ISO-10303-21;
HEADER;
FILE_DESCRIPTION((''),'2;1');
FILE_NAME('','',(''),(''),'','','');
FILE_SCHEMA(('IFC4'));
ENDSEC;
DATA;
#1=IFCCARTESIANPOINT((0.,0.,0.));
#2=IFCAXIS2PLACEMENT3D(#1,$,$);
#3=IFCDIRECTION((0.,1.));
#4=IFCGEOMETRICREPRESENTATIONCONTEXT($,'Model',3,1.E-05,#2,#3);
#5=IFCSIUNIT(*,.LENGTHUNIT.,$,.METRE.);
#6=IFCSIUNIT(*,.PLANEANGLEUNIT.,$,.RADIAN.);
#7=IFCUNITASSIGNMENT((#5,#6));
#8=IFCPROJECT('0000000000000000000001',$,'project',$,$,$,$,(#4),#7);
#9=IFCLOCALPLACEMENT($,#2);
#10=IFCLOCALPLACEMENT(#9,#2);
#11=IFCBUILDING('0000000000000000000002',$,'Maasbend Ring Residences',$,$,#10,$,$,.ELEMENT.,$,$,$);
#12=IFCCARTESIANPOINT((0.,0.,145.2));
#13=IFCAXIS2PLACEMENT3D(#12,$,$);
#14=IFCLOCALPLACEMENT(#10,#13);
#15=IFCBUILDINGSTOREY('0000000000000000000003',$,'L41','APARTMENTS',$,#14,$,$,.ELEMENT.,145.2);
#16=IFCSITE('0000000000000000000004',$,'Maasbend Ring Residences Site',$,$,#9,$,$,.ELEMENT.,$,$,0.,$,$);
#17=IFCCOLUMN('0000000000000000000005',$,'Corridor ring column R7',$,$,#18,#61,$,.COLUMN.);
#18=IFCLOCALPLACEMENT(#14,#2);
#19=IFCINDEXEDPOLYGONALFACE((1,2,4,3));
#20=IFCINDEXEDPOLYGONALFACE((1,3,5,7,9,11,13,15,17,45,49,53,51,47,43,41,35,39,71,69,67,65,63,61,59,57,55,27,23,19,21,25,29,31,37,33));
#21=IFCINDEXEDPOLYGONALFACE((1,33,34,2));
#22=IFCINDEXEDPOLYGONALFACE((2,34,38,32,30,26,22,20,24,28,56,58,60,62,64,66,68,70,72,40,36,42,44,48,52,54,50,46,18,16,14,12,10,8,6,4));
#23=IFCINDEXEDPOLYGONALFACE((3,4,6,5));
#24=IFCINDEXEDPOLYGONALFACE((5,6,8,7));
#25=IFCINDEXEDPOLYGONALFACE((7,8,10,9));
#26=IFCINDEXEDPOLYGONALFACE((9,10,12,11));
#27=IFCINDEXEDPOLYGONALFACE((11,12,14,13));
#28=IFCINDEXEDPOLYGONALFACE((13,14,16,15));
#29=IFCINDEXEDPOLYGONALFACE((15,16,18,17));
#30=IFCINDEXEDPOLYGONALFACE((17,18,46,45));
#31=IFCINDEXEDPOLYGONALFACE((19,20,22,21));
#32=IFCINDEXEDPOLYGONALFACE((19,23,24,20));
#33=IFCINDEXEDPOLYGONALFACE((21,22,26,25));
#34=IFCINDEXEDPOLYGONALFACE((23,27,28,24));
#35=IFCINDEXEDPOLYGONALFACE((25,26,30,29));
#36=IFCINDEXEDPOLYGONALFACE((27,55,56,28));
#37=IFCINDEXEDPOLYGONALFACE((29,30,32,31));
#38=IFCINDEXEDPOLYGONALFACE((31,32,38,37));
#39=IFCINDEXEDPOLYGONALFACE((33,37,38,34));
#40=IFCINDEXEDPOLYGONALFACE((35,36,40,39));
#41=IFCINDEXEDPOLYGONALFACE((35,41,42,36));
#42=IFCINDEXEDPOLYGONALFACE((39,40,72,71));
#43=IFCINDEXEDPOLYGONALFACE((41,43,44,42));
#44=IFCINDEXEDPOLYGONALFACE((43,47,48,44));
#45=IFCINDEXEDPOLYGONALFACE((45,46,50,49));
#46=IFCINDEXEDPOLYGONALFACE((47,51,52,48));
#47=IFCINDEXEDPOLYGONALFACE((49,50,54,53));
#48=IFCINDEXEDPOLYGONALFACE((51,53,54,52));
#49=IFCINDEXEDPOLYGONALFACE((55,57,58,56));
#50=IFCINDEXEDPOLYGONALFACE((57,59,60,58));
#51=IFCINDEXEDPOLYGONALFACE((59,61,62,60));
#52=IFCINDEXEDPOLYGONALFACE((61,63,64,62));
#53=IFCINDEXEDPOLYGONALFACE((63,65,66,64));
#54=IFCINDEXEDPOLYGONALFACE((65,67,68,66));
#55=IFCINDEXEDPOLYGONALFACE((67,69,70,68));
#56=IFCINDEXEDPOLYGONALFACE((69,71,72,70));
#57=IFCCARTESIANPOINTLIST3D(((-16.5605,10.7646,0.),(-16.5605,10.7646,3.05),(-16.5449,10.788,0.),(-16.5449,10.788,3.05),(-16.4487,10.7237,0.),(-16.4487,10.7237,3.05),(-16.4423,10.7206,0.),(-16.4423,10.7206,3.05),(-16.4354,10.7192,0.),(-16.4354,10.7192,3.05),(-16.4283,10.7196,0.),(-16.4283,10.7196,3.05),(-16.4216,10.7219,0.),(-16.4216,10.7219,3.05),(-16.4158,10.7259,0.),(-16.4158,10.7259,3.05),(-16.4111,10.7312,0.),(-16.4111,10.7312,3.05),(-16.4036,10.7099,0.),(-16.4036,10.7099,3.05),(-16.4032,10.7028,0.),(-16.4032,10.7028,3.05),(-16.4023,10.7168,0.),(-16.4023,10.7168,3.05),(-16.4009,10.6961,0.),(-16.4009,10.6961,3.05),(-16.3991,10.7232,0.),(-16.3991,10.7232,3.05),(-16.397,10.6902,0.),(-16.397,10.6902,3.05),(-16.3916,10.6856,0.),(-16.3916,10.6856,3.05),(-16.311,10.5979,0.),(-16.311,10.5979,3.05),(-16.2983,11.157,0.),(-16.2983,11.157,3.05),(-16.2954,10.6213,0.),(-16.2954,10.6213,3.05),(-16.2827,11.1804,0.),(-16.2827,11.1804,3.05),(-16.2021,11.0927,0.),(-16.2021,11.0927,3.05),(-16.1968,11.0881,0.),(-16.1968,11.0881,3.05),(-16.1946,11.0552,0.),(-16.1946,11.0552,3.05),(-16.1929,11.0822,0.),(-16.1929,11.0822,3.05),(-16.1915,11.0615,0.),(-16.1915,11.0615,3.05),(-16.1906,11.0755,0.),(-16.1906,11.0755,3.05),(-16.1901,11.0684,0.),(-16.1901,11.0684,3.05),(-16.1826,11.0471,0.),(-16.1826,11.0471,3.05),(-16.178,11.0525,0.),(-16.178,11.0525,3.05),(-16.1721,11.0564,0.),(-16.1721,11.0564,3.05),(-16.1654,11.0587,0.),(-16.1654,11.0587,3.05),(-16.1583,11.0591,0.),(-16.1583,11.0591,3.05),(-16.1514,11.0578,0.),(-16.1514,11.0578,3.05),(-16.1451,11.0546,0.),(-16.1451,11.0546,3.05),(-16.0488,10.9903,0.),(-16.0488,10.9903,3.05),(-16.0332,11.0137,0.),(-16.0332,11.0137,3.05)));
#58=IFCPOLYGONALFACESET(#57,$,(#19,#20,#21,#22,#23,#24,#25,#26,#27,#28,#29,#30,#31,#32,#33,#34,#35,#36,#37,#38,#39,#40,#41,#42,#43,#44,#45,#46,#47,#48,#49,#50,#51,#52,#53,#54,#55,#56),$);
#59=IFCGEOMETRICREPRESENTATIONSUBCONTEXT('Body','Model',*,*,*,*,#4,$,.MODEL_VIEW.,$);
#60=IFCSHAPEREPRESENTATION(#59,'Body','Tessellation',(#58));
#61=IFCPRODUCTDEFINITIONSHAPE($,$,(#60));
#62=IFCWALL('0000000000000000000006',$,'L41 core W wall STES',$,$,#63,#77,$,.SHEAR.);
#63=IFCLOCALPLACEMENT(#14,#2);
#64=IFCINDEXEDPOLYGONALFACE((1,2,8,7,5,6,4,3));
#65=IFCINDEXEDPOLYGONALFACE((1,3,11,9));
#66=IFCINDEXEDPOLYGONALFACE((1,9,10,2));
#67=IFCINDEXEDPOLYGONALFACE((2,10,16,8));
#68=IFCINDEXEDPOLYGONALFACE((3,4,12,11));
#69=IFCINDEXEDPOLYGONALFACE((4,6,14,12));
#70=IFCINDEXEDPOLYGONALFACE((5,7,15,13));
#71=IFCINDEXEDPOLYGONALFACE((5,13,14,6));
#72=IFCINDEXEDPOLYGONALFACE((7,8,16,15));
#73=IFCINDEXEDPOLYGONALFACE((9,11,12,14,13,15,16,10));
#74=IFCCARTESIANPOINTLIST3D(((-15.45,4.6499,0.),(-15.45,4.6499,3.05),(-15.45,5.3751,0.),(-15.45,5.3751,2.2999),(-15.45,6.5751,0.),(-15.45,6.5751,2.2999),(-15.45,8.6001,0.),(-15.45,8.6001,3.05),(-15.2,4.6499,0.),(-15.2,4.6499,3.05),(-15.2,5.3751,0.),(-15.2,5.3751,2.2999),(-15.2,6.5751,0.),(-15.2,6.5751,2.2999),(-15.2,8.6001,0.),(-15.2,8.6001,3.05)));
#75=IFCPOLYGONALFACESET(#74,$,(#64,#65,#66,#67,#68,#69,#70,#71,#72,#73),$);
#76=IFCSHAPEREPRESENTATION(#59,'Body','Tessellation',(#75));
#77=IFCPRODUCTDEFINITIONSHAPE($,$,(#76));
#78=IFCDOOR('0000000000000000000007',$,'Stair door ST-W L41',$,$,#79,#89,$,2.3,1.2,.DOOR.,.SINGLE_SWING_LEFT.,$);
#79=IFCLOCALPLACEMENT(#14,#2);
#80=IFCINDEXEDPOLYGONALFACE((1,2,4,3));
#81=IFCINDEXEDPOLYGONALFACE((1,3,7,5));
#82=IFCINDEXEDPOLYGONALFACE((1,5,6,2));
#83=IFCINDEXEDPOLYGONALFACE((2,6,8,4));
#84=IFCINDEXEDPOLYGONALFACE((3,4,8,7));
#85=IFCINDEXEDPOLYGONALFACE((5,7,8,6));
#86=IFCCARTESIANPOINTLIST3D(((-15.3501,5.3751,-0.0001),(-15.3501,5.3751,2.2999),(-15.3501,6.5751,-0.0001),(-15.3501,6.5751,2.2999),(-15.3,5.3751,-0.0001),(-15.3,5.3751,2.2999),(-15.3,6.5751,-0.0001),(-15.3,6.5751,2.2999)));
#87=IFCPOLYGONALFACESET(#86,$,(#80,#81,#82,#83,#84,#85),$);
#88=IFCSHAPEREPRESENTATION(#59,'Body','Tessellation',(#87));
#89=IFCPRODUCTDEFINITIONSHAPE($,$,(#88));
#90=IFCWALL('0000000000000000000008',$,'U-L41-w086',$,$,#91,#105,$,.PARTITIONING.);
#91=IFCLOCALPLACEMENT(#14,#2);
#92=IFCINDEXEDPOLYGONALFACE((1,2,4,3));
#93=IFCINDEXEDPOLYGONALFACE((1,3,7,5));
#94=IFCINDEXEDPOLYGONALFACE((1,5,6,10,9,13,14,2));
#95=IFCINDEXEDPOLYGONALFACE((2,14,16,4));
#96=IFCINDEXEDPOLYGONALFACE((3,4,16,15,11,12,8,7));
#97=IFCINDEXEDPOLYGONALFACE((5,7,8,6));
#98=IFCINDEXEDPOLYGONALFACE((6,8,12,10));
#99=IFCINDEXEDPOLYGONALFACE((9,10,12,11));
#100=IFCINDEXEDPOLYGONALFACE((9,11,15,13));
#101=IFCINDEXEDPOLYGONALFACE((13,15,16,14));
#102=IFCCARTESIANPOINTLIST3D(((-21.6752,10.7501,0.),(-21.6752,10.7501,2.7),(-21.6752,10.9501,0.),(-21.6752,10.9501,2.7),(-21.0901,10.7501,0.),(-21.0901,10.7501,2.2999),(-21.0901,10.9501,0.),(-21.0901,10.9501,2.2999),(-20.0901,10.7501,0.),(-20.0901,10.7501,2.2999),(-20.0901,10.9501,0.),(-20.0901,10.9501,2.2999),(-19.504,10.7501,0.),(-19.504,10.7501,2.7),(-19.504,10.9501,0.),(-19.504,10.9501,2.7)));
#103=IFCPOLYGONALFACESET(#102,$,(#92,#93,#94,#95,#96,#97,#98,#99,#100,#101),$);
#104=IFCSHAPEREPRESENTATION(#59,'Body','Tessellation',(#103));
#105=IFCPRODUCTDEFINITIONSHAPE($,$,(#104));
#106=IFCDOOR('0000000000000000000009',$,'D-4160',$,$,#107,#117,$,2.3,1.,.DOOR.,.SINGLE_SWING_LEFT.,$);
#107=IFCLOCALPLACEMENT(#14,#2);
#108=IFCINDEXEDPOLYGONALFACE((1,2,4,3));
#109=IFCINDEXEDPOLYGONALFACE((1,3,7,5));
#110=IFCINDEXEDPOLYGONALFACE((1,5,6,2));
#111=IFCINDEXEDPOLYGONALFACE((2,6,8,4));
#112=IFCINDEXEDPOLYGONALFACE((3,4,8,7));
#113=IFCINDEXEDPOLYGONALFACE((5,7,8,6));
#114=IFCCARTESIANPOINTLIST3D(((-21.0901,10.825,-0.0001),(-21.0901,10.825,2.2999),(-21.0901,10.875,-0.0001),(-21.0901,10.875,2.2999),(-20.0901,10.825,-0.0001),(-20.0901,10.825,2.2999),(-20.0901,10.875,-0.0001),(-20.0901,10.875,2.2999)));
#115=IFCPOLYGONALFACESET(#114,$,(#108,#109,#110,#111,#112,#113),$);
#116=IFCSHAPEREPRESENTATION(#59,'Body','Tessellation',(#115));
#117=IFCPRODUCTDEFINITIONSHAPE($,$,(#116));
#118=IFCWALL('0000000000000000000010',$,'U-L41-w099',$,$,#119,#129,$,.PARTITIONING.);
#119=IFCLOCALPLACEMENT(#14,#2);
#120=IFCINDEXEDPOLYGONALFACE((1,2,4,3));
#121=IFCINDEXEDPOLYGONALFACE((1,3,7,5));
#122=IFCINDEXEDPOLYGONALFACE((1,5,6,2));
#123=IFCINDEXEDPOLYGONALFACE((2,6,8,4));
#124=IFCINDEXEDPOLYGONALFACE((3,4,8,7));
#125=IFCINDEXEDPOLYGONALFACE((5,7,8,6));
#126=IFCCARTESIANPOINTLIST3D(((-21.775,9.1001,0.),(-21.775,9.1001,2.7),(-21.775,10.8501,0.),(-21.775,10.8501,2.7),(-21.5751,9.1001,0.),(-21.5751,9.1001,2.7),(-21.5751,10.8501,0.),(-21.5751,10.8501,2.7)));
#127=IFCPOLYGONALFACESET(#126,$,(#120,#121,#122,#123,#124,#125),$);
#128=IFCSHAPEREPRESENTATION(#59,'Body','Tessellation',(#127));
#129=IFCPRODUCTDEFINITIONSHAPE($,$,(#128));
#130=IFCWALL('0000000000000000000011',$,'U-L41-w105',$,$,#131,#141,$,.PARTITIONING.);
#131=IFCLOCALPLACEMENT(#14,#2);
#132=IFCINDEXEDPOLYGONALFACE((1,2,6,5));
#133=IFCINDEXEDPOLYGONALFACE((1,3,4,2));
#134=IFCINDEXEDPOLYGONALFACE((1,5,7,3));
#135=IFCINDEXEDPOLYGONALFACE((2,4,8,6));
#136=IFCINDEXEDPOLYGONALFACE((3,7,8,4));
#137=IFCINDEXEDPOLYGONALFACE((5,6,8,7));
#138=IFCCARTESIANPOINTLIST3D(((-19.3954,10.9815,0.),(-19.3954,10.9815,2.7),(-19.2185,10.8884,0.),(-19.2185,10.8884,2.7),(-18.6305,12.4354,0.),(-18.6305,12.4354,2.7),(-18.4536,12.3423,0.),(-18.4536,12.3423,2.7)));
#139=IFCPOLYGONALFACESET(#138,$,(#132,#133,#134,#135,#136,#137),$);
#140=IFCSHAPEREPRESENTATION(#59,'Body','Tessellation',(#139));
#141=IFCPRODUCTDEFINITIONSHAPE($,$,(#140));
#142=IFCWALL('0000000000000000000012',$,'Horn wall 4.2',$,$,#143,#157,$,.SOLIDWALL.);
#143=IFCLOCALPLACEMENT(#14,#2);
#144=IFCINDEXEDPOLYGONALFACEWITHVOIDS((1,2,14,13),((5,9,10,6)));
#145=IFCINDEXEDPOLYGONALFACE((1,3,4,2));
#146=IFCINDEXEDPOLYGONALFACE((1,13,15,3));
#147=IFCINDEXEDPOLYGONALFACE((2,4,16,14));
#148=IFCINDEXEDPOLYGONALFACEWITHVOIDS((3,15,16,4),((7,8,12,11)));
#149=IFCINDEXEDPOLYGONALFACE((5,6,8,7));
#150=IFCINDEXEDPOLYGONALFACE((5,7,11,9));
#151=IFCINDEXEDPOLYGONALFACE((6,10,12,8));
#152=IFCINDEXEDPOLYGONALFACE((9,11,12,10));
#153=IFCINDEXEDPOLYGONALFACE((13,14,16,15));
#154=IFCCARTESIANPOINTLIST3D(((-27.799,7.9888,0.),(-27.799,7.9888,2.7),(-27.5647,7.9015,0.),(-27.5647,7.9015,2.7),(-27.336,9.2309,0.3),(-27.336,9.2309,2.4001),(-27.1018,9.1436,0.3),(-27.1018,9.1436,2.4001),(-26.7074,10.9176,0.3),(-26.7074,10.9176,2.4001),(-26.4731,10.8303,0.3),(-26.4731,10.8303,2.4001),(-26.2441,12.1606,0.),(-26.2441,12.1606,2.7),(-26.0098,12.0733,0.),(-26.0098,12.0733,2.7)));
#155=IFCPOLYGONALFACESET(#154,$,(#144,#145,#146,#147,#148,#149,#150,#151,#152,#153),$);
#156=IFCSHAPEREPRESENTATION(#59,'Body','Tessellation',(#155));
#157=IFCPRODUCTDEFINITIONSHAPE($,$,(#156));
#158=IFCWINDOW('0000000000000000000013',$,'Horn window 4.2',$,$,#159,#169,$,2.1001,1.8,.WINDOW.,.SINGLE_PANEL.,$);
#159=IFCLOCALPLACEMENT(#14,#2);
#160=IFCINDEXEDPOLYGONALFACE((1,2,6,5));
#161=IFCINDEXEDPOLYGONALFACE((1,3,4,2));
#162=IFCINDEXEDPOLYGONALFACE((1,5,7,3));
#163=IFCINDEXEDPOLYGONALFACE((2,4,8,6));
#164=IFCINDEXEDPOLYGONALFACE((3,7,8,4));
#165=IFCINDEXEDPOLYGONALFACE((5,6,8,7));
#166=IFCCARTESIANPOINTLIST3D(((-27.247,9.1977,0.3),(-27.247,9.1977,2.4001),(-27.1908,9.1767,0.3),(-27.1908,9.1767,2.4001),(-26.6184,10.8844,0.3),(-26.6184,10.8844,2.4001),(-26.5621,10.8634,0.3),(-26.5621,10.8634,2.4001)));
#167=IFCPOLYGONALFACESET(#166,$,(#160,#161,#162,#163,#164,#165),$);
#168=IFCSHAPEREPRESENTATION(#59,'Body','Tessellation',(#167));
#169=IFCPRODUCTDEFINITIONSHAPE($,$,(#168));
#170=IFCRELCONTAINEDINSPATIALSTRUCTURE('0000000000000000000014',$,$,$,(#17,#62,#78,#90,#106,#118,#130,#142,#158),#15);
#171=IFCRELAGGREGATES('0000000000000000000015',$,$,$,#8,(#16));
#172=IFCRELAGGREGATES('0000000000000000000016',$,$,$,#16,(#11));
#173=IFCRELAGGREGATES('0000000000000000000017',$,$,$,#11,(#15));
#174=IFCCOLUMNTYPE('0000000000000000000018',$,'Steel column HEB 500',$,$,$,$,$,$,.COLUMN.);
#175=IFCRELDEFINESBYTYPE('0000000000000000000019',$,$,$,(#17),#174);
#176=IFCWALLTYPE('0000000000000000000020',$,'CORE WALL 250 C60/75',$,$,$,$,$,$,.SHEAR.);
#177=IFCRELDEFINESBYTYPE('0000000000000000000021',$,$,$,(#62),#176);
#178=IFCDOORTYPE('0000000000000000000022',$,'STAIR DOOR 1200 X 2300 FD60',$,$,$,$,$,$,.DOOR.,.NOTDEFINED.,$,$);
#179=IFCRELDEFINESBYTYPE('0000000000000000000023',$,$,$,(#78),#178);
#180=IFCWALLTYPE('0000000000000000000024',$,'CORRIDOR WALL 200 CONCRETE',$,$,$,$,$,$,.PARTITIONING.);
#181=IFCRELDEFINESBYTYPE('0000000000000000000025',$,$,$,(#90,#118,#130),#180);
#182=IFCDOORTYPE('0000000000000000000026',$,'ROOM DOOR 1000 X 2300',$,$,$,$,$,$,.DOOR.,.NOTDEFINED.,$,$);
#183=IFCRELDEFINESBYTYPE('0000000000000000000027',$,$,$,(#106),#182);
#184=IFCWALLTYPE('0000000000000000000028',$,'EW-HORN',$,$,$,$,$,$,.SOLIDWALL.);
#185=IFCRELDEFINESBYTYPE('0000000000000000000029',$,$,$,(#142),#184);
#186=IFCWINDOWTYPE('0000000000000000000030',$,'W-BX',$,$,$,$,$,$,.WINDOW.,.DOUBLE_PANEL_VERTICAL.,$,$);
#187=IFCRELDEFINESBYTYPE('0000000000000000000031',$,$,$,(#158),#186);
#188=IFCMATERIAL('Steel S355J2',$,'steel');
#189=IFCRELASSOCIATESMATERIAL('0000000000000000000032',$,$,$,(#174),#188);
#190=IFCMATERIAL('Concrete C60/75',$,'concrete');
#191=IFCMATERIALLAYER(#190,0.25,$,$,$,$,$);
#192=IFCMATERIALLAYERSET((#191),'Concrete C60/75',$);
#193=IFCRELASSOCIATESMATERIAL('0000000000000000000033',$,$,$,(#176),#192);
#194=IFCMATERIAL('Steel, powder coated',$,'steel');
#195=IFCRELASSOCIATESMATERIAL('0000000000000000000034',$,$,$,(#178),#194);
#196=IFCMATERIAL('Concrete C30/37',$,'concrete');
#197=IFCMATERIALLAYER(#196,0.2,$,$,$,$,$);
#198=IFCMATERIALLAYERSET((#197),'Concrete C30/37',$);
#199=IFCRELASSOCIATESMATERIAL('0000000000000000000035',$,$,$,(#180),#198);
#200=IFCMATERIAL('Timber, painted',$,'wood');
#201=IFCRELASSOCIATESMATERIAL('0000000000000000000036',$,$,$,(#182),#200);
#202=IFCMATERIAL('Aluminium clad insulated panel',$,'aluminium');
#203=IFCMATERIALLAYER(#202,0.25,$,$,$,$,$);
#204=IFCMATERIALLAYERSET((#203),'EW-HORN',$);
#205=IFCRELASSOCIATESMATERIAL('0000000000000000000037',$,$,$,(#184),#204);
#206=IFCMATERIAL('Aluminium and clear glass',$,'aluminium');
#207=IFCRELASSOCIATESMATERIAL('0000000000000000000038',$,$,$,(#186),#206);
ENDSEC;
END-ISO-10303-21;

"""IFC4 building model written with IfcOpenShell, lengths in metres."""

from ifc_helpers import new_model, si_unit, direction, frame, frame_2d, origin, origin_2d, place, context, subcontext, project, spatial, rectangle, i_section, extrude, material, layer, layer_set, material_profile, profile_set, type_object, element, fill, save


model = new_model("IFC4")

# Units and contexts
model_context = context("Model", 3, precision=1e-05, world=origin(), true_north=direction((0.0, 1.0)))
body_context = subcontext(model_context, "Body", "Model", "MODEL_VIEW")
ifc_project = project(units=[si_unit("LENGTHUNIT", "METRE"), si_unit("PLANEANGLEUNIT", "RADIAN")], contexts=[model_context])

# Site, building, storey
site_placement = place(None, origin())
site = spatial("IfcSite", under=ifc_project, at=site_placement, Name="Maasbend Ring Residences Site", CompositionType="ELEMENT", RefElevation=0.0)
building_placement = place(site_placement, origin())
building = spatial("IfcBuilding", under=site, at=building_placement, Name="Maasbend Ring Residences", CompositionType="ELEMENT")
storey_placement = place(building_placement, frame((0.0, 0.0, 145.2)))
storey = spatial("IfcBuildingStorey", under=building, at=storey_placement, Name="L41", Description="APARTMENTS", CompositionType="ELEMENT", Elevation=145.2)

# Column
ifc_material_1 = material(Name="Steel S355J2", Category="steel")
ifc_material_profile = material_profile(ifc_material_1, i_section(OverallWidth=0.3, OverallDepth=0.5, WebThickness=0.0144, FlangeThickness=0.0281, FilletRadius=0.0271, at=origin_2d()), Name="HEB 500")
ifc_profile_set = profile_set([ifc_material_profile], Name="Steel S355J2")
column_type = type_object("IfcColumnType", Name="Steel column HEB 500", PredefinedType="COLUMN", material=ifc_profile_set)
column_placement = place(storey_placement, frame((-16.2969, 10.8892, 0.0), z_axis=(0.0, 0.0, 1.0), x_axis=(-0.83147, 0.55557, 0.0)))
element("IfcColumn", 1, at=column_placement, inside=storey, type_object=column_type, Name="Corridor ring column R7", PredefinedType="COLUMN", context=body_context, shape_type="SweptSolid", body=[
    extrude(i_section(OverallWidth=0.3, OverallDepth=0.5, WebThickness=0.0144, FlangeThickness=0.0281, FilletRadius=0.0271, at=origin_2d()), origin(), (0.0, 0.0, 1.0), 3.05),
])

# Walls, openings, doors
ifc_material_2 = material(Name="Concrete C60/75", Category="concrete")
ifc_layer_1 = layer(ifc_material_2, 0.25)
ifc_layer_set_1 = layer_set([ifc_layer_1], Name="Concrete C60/75")
wall_type_1 = type_object("IfcWallType", Name="CORE WALL 250 C60/75", PredefinedType="SHEAR", material=ifc_layer_set_1)
wall_1_placement = place(storey_placement, frame((-15.325, 8.6001, 0.0), z_axis=(0.0, 0.0, 1.0), x_axis=(0.0, -1.0, 0.0)))
wall_1 = element("IfcWall", 2, at=wall_1_placement, inside=storey, type_object=wall_type_1, Name="L41 core W wall STES", PredefinedType="SHEAR", context=body_context, shape_type="SweptSolid", body=[
    extrude(rectangle(XDim=3.9502, YDim=0.25, at=frame_2d((1.9751, 0.0))), origin(), (0.0, 0.0, 1.0), 3.05),
])
opening_1_placement = place(wall_1_placement, frame((2.0249, 0.0, 0.0)))
opening_1 = element("IfcOpeningElement", 3, at=opening_1_placement, cuts=wall_1, PredefinedType="OPENING", context=body_context, shape_type="SweptSolid", body=[
    extrude(rectangle(XDim=1.2, YDim=2.3, at=frame_2d((0.6001, 1.1499))), frame((0.0, 0.135, 0.0), z_axis=(0.0, -1.0, 0.0), x_axis=(1.0, 0.0, 0.0)), (0.0, 0.0, 1.0), 0.27),
])
ifc_material_3 = material(Name="Steel, powder coated", Category="steel")
door_type_1 = type_object("IfcDoorType", Name="STAIR DOOR 1200 X 2300 FD60", OperationType="NOTDEFINED", PredefinedType="DOOR", material=ifc_material_3)
door_1_placement = place(opening_1_placement, origin())
door_1 = element("IfcDoor", 4, at=door_1_placement, inside=storey, type_object=door_type_1, Name="Stair door ST-W L41", OperationType="SINGLE_SWING_LEFT", OverallHeight=2.3, OverallWidth=1.2, PredefinedType="DOOR", context=body_context, shape_type="SweptSolid", body=[
    extrude(rectangle(XDim=1.2, YDim=2.3, at=frame_2d((0.6001, 1.1499))), frame((0.0, 0.0249, 0.0), z_axis=(0.0, -1.0, 0.0), x_axis=(1.0, 0.0, 0.0)), (0.0, 0.0, 1.0), 0.05),
])
fill(opening_1, door_1)
ifc_material_4 = material(Name="Concrete C30/37", Category="concrete")
ifc_layer_2 = layer(ifc_material_4, 0.2)
ifc_layer_set_2 = layer_set([ifc_layer_2], Name="Concrete C30/37")
wall_type_2 = type_object("IfcWallType", Name="CORRIDOR WALL 200 CONCRETE", PredefinedType="PARTITIONING", material=ifc_layer_set_2)
wall_2_placement = place(storey_placement, frame((-21.675, 10.8501, 0.0), z_axis=(0.0, 0.0, 1.0), x_axis=(1.0, 0.0, 0.0)))
wall_2 = element("IfcWall", 5, at=wall_2_placement, inside=storey, type_object=wall_type_2, Name="U-L41-w086", PredefinedType="PARTITIONING", context=body_context, shape_type="SweptSolid", body=[
    extrude(rectangle(XDim=2.1711, YDim=0.2, at=frame_2d((1.0854, 0.0))), origin(), (0.0, 0.0, 1.0), 2.7),
])
opening_2_placement = place(wall_2_placement, frame((0.585, 0.0, 0.0)))
opening_2 = element("IfcOpeningElement", 6, at=opening_2_placement, cuts=wall_2, PredefinedType="OPENING", context=body_context, shape_type="SweptSolid", body=[
    extrude(rectangle(XDim=1.0, YDim=2.3, at=frame_2d((0.5, 1.1499))), frame((0.0, 0.1099, 0.0), z_axis=(0.0, -1.0, 0.0), x_axis=(1.0, 0.0, 0.0)), (0.0, 0.0, 1.0), 0.22),
])
ifc_material_5 = material(Name="Timber, painted", Category="wood")
door_type_2 = type_object("IfcDoorType", Name="ROOM DOOR 1000 X 2300", OperationType="NOTDEFINED", PredefinedType="DOOR", material=ifc_material_5)
door_2_placement = place(opening_2_placement, origin())
door_2 = element("IfcDoor", 7, at=door_2_placement, inside=storey, type_object=door_type_2, Name="D-4160", OperationType="SINGLE_SWING_LEFT", OverallHeight=2.3, OverallWidth=1.0, PredefinedType="DOOR", context=body_context, shape_type="SweptSolid", body=[
    extrude(rectangle(XDim=1.0, YDim=2.3, at=frame_2d((0.5, 1.1499))), frame((0.0, 0.0249, 0.0), z_axis=(0.0, -1.0, 0.0), x_axis=(1.0, 0.0, 0.0)), (0.0, 0.0, 1.0), 0.05),
])
fill(opening_2, door_2)

# Walls
wall_3_placement = place(storey_placement, frame((-21.675, 9.1001, 0.0), z_axis=(0.0, 0.0, 1.0), x_axis=(0.0, 1.0, 0.0)))
element("IfcWall", 8, at=wall_3_placement, inside=storey, type_object=wall_type_2, Name="U-L41-w099", PredefinedType="PARTITIONING", context=body_context, shape_type="SweptSolid", body=[
    extrude(rectangle(XDim=1.75, YDim=0.2, at=frame_2d((0.875, 0.0))), origin(), (0.0, 0.0, 1.0), 2.7),
])
wall_4_placement = place(storey_placement, frame((-19.3069, 10.9351, 0.0), z_axis=(0.0, 0.0, 1.0), x_axis=(0.465606, 0.884992, 0.0)))
element("IfcWall", 9, at=wall_4_placement, inside=storey, type_object=wall_type_2, Name="U-L41-w105", PredefinedType="PARTITIONING", context=body_context, shape_type="SweptSolid", body=[
    extrude(rectangle(XDim=1.6428, YDim=0.2, at=frame_2d((0.8213, 0.0))), origin(), (0.0, 0.0, 1.0), 2.7),
])

# Wall, opening, window
ifc_material_6 = material(Name="Aluminium clad insulated panel", Category="aluminium")
ifc_layer_3 = layer(ifc_material_6, 0.25)
ifc_layer_set_3 = layer_set([ifc_layer_3], Name="EW-HORN")
wall_type_3 = type_object("IfcWallType", Name="EW-HORN", PredefinedType="SOLIDWALL", material=ifc_layer_set_3)
wall_5_placement = place(storey_placement, frame((-26.127, 12.1169, 0.0), z_axis=(0.0, 0.0, 1.0), x_axis=(-0.349248, -0.93703, 0.0)))
wall_5 = element("IfcWall", 10, at=wall_5_placement, inside=storey, type_object=wall_type_3, Name="Horn wall 4.2", PredefinedType="SOLIDWALL", context=body_context, shape_type="SweptSolid", body=[
    extrude(rectangle(XDim=4.4521, YDim=0.25, at=frame_2d((2.2261, 0.0))), origin(), (0.0, 0.0, 1.0), 2.7),
])
opening_3_placement = place(wall_5_placement, frame((1.3267, 0.0, 0.3)))
opening_3 = element("IfcOpeningElement", 11, at=opening_3_placement, cuts=wall_5, PredefinedType="OPENING", context=body_context, shape_type="SweptSolid", body=[
    extrude(rectangle(XDim=1.8, YDim=2.1001, at=frame_2d((0.8999, 1.05))), frame((0.0, 0.135, 0.0), z_axis=(0.0, -1.0, 0.0), x_axis=(1.0, 0.0, 0.0)), (0.0, 0.0, 1.0), 0.27),
])
ifc_material_7 = material(Name="Aluminium and clear glass", Category="aluminium")
window_type = type_object("IfcWindowType", Name="W-BX", PartitioningType="DOUBLE_PANEL_VERTICAL", PredefinedType="WINDOW", material=ifc_material_7)
window_placement = place(opening_3_placement, origin())
window = element("IfcWindow", 12, at=window_placement, inside=storey, type_object=window_type, Name="Horn window 4.2", OverallHeight=2.1001, OverallWidth=1.8, PartitioningType="SINGLE_PANEL", PredefinedType="WINDOW", context=body_context, shape_type="SweptSolid", body=[
    extrude(rectangle(XDim=1.8, YDim=2.1001, at=frame_2d((0.8999, 1.05))), frame((0.0, 0.03, 0.0), z_axis=(0.0, -1.0, 0.0), x_axis=(1.0, 0.0, 0.0)), (0.0, 0.0, 1.0), 0.0601),
])
fill(opening_3, window)

save(model, "model.ifc")
